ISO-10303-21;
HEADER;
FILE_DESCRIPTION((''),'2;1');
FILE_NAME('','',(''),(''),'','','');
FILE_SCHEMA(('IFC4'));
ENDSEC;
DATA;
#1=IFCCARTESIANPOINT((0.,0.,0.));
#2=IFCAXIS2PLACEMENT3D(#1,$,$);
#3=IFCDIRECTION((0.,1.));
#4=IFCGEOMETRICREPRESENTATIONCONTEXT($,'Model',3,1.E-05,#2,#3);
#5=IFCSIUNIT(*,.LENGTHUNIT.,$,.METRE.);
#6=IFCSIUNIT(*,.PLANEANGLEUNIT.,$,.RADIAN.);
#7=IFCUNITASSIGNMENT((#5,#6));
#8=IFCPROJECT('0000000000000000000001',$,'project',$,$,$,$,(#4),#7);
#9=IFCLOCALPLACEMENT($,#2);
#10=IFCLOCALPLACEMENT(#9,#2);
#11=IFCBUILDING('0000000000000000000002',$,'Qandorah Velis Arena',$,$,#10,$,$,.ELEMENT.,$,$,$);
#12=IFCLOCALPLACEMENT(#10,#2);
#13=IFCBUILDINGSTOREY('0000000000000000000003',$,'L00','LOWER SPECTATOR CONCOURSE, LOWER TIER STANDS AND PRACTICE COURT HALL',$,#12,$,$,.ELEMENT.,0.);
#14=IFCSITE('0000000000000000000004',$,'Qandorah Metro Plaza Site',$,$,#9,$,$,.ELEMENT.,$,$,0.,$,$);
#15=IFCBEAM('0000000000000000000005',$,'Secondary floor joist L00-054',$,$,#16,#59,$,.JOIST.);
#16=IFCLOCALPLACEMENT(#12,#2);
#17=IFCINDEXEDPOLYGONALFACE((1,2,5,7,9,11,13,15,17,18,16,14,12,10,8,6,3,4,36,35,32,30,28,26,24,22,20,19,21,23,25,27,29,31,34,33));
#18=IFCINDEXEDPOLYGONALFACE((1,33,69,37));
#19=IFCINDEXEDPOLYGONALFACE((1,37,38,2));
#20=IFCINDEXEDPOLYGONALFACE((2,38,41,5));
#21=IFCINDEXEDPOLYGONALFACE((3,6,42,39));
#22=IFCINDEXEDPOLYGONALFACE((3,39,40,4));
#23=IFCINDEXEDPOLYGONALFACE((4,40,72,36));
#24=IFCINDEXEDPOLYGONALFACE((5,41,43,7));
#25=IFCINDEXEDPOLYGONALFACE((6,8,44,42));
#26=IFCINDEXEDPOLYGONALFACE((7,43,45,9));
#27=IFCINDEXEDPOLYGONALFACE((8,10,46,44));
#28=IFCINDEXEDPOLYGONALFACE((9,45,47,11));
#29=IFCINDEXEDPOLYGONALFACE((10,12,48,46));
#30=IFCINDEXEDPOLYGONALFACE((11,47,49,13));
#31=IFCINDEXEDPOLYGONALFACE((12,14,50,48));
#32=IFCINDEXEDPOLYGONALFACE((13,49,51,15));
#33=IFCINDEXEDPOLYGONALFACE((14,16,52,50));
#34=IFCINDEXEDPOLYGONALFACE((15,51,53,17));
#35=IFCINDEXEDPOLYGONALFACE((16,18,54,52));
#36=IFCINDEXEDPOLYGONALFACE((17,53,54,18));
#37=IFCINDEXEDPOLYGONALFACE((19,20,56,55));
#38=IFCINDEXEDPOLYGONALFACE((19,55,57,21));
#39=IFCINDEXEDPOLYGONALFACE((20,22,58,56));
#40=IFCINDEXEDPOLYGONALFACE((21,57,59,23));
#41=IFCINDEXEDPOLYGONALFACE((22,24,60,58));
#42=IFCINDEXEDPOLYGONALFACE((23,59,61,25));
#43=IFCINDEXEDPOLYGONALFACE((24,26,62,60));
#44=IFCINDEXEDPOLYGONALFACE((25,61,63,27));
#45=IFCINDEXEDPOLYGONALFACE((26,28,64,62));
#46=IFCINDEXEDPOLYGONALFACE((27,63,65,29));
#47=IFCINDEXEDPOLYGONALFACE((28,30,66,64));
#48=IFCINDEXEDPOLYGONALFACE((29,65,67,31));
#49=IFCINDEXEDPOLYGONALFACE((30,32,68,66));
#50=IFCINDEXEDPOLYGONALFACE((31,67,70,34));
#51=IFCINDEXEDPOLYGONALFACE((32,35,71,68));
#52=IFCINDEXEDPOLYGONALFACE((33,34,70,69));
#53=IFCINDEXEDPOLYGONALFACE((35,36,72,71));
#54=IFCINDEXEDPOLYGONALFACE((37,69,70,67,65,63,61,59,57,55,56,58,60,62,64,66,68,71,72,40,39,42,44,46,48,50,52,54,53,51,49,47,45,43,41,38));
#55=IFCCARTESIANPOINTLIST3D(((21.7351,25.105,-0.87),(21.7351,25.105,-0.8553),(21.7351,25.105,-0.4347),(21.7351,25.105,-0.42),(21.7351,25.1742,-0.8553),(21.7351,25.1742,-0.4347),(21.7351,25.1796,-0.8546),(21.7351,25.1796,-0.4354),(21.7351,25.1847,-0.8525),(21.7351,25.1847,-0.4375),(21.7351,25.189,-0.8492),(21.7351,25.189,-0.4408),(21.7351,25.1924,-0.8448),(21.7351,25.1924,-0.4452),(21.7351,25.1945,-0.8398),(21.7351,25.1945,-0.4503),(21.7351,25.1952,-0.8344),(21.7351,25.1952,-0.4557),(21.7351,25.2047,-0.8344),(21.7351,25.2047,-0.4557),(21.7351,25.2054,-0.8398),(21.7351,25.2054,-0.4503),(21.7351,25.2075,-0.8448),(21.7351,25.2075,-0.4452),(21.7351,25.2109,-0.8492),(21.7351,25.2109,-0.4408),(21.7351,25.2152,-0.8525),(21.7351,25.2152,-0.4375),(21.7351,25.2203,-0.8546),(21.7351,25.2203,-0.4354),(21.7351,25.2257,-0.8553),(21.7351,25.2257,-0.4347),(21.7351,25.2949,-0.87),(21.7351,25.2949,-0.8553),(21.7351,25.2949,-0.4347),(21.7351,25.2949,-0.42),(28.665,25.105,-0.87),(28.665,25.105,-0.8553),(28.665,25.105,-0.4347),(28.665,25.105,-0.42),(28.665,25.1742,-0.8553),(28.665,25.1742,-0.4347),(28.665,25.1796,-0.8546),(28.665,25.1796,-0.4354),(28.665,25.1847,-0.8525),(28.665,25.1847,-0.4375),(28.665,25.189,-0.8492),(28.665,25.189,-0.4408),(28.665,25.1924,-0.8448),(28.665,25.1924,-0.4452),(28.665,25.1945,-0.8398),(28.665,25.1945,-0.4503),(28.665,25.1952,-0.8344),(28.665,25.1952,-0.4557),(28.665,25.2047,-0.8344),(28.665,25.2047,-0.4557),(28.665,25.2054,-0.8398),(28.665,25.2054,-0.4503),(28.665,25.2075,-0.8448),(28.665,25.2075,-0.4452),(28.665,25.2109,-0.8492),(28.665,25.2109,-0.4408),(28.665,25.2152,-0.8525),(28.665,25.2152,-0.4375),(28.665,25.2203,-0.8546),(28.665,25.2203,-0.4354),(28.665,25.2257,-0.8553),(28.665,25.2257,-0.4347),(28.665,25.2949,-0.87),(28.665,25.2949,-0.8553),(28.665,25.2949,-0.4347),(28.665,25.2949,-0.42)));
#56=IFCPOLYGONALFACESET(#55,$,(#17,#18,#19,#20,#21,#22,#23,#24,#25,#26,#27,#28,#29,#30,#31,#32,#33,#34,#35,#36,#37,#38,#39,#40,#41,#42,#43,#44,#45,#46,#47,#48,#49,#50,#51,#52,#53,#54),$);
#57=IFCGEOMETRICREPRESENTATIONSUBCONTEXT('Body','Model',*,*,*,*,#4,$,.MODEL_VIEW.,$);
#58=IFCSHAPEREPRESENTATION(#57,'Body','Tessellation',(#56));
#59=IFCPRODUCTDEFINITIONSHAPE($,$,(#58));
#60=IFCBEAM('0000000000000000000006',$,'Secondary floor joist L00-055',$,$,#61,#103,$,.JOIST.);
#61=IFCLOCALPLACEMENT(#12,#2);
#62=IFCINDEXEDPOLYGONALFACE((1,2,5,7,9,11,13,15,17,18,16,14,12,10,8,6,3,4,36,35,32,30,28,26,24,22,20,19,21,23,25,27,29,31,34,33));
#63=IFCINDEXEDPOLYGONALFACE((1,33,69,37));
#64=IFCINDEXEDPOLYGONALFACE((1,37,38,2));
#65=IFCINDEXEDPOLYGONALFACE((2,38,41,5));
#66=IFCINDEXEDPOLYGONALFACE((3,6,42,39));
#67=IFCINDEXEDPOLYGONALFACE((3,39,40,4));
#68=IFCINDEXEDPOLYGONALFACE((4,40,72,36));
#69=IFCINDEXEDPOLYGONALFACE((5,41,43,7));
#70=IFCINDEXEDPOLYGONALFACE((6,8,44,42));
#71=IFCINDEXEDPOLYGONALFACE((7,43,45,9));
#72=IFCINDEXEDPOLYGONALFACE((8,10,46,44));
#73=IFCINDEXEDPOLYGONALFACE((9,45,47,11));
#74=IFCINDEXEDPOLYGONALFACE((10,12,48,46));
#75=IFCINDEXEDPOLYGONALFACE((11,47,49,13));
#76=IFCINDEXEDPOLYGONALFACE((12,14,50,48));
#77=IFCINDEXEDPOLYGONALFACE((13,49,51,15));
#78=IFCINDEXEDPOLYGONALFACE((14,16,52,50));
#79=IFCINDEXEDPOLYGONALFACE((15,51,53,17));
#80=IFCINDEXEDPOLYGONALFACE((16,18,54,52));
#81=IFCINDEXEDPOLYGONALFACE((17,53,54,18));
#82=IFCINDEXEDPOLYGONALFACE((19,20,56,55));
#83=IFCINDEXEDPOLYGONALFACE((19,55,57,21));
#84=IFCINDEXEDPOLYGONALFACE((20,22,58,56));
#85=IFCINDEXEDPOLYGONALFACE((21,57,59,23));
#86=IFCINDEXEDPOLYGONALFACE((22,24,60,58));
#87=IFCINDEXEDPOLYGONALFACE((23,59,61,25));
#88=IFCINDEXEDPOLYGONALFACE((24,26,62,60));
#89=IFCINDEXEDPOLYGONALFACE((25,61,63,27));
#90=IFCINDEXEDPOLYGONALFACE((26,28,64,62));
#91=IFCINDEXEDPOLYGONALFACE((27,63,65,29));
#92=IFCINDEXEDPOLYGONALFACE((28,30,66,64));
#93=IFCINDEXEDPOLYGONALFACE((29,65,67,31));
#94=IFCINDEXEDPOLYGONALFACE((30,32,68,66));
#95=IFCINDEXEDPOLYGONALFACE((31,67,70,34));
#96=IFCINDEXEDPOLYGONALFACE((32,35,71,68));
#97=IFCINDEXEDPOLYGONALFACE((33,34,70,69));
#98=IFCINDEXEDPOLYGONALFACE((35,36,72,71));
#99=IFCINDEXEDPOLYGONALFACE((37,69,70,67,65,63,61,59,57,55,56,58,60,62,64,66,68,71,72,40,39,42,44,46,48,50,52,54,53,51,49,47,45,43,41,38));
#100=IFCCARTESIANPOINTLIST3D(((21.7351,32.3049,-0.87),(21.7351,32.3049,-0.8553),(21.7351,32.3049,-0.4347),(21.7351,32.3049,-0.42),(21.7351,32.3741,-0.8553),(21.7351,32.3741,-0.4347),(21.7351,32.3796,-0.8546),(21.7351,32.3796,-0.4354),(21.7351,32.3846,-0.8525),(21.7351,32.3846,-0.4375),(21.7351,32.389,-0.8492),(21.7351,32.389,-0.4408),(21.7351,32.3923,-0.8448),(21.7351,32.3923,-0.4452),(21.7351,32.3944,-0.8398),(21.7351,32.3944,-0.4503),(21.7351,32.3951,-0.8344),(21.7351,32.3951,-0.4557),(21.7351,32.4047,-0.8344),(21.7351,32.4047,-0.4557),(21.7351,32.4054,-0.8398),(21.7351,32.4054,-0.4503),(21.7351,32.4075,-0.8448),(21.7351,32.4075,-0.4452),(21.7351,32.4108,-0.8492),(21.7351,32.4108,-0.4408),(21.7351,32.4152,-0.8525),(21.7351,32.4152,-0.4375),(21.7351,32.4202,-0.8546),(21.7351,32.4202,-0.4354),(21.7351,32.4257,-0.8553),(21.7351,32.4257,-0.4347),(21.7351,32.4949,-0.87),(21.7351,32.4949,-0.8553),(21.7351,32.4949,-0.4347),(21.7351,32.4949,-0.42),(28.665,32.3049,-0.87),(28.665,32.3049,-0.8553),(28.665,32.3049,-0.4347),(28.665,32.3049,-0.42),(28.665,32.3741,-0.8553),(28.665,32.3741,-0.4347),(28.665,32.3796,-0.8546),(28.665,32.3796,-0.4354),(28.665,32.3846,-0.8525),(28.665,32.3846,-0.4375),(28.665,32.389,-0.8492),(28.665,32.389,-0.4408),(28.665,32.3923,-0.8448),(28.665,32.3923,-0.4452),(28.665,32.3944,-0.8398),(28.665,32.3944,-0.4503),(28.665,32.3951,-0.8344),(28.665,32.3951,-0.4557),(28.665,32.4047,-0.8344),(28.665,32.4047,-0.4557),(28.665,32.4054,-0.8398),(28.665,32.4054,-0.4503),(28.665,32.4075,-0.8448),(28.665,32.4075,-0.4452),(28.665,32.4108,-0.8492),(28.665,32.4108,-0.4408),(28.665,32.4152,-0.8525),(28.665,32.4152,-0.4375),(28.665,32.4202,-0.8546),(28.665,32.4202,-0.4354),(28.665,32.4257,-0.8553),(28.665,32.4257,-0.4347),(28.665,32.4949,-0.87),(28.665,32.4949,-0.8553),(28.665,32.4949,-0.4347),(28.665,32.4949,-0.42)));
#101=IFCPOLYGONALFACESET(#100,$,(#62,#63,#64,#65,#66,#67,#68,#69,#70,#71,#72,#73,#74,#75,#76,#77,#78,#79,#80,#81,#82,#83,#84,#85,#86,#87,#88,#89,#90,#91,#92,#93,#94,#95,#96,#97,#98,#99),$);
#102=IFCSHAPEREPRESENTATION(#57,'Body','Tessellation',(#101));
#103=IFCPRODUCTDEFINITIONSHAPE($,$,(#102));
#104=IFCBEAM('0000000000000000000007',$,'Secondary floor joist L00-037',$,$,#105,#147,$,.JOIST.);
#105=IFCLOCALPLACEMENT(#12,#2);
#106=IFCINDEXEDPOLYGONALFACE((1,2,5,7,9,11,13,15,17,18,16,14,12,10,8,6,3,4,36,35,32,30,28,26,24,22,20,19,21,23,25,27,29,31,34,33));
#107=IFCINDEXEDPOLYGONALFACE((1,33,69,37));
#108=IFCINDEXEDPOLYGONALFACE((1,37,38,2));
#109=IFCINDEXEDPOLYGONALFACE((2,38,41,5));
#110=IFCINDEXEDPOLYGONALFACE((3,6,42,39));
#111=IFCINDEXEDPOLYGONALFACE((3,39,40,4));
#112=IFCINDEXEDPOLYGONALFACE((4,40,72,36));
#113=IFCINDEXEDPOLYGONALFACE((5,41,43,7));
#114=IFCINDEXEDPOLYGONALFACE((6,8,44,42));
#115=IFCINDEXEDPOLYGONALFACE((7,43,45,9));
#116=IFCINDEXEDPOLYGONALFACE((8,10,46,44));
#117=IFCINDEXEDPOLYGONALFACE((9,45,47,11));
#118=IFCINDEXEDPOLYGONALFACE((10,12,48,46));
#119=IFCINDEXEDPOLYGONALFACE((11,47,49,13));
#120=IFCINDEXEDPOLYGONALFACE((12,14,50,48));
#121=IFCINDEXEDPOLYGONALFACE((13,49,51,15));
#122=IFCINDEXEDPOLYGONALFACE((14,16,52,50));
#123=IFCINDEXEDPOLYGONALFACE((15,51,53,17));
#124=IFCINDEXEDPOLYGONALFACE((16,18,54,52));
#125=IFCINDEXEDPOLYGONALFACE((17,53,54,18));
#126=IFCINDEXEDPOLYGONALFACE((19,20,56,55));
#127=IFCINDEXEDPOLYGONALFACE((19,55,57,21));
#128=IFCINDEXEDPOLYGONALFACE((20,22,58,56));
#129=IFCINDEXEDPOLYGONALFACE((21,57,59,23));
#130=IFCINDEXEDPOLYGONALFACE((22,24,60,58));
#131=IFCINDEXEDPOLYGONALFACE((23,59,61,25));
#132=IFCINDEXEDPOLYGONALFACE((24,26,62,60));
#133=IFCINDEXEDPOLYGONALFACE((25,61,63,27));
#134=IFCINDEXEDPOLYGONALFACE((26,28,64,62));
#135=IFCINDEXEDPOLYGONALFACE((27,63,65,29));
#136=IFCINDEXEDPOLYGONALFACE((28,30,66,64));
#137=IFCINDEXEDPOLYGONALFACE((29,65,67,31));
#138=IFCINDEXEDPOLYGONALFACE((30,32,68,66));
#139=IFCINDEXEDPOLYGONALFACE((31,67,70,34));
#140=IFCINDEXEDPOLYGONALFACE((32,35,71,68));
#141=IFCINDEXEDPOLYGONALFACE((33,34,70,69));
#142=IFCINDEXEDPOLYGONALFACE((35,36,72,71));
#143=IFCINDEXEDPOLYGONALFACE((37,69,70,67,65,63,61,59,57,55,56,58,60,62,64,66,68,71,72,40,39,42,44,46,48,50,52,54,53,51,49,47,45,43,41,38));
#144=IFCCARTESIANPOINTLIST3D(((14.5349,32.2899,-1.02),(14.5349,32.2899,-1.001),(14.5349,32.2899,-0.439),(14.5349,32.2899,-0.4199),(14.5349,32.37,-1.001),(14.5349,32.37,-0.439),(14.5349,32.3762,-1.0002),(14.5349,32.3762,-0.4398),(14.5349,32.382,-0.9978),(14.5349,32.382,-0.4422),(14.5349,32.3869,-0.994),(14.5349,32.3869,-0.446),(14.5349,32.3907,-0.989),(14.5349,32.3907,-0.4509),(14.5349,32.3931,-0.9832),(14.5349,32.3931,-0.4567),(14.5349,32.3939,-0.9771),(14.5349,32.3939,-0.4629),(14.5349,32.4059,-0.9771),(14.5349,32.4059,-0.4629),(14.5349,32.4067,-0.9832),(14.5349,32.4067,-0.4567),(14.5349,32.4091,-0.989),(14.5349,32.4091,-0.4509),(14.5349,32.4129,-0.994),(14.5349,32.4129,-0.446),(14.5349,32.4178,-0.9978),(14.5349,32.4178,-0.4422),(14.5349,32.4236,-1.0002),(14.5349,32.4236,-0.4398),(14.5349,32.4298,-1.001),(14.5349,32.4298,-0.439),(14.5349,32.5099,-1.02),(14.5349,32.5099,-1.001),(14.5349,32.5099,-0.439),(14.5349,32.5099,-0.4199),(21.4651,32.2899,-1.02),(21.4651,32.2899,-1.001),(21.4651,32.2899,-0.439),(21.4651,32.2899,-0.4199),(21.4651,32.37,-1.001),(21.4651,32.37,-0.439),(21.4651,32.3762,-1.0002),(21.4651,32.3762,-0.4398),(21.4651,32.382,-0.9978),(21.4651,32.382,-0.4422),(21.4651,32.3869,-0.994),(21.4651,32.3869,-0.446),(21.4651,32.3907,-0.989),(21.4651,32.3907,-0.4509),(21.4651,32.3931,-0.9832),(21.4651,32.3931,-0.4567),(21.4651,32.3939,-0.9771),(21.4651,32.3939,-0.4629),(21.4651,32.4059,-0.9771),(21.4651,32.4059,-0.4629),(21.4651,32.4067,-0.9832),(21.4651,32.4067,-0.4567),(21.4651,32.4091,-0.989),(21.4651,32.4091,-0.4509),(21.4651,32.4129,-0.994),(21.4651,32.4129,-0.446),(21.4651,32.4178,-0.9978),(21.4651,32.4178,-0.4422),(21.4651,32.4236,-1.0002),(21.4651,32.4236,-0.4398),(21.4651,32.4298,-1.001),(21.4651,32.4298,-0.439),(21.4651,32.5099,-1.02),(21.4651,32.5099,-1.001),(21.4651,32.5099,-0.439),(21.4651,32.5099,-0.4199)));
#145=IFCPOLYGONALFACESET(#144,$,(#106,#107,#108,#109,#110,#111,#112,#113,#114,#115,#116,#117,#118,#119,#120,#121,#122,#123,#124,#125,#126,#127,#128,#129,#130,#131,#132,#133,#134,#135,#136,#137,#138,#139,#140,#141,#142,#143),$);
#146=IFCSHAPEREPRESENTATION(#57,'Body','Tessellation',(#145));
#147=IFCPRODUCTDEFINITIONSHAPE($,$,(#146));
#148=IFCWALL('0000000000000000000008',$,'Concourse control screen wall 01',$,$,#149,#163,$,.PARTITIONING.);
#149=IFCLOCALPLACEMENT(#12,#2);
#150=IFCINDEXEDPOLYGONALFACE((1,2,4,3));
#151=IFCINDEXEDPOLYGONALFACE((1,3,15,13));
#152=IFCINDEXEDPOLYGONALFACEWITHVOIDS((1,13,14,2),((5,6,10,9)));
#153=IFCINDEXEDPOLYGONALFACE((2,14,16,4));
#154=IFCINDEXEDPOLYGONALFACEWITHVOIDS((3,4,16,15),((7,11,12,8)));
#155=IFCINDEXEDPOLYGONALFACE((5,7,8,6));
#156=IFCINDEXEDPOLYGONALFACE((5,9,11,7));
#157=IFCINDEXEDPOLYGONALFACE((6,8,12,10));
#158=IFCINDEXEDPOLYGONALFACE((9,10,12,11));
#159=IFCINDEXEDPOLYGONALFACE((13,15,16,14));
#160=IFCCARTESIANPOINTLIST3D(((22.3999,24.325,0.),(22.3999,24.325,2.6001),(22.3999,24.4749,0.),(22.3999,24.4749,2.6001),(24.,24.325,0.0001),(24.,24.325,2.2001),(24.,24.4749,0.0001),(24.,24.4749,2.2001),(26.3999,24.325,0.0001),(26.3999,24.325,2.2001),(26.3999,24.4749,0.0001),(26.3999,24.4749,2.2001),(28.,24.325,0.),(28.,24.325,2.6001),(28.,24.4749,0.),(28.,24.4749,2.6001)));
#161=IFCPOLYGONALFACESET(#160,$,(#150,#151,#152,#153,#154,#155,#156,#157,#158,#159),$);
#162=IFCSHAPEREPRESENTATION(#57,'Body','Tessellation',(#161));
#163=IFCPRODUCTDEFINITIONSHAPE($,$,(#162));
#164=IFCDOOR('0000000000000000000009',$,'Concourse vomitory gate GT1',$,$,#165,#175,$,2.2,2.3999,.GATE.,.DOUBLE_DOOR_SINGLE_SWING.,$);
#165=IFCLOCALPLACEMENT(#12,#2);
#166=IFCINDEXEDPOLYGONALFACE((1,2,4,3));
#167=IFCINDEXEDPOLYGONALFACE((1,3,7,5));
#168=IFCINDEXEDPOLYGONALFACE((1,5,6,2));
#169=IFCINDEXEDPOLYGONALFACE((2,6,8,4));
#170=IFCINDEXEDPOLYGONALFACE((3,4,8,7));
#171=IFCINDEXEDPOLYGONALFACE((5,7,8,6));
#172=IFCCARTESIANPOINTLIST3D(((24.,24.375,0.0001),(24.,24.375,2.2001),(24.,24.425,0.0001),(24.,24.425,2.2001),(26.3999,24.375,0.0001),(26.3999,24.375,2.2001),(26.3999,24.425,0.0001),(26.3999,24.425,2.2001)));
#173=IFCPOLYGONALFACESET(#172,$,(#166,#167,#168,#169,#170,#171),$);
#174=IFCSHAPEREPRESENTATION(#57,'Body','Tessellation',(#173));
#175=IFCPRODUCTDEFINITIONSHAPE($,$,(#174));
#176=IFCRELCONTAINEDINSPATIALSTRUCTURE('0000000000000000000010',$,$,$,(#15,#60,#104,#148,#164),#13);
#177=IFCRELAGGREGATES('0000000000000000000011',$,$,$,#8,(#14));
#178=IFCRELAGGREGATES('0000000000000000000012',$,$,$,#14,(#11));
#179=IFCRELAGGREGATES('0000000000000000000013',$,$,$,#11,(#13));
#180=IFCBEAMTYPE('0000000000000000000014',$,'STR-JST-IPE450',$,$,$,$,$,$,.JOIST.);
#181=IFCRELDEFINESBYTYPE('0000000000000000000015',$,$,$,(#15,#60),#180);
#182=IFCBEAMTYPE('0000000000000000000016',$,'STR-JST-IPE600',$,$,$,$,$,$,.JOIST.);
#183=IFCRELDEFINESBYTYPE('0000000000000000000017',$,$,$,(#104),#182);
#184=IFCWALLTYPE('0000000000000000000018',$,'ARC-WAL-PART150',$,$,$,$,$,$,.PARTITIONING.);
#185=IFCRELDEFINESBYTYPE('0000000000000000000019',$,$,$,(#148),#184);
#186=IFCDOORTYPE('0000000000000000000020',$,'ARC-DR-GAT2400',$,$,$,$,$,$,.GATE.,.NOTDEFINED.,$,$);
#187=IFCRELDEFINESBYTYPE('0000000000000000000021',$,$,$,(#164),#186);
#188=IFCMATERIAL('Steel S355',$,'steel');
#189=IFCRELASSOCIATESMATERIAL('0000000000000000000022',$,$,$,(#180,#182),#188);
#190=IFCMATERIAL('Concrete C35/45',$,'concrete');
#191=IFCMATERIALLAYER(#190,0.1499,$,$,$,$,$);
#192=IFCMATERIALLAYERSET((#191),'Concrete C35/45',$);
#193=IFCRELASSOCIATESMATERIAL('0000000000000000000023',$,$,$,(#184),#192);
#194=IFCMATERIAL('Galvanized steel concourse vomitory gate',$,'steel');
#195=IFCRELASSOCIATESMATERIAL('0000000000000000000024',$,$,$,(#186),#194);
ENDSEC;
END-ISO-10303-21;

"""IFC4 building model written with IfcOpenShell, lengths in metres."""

from ifc_helpers import new_model, si_unit, direction, frame, frame_2d, origin, origin_2d, place, context, subcontext, project, spatial, rectangle, i_section, extrude, material, layer, layer_set, material_profile, profile_set, type_object, element, fill, save


model = new_model("IFC4")

# Units and contexts
model_context = context("Model", 3, precision=1e-05, world=origin(), true_north=direction((0.0, 1.0)))
body_context = subcontext(model_context, "Body", "Model", "MODEL_VIEW")
ifc_project = project(units=[si_unit("LENGTHUNIT", "METRE"), si_unit("PLANEANGLEUNIT", "RADIAN")], contexts=[model_context])

# Site, building, storey
site_placement = place(None, origin())
site = spatial("IfcSite", under=ifc_project, at=site_placement, Name="Qandorah Metro Plaza Site", CompositionType="ELEMENT", RefElevation=0.0)
building_placement = place(site_placement, origin())
building = spatial("IfcBuilding", under=site, at=building_placement, Name="Qandorah Velis Arena", CompositionType="ELEMENT")
storey_placement = place(building_placement, origin())
storey = spatial("IfcBuildingStorey", under=building, at=storey_placement, Name="L00", Description="LOWER SPECTATOR CONCOURSE, LOWER TIER STANDS AND PRACTICE COURT HALL", CompositionType="ELEMENT", Elevation=0.0)

# Beams
ifc_material_1 = material(Name="Steel S355", Category="steel")
ifc_material_profile_1 = material_profile(ifc_material_1, i_section(OverallWidth=0.1899, OverallDepth=0.45, WebThickness=0.0095, FlangeThickness=0.0146, FilletRadius=0.021, at=origin_2d()), Name="IPE 450")
ifc_profile_set_1 = profile_set([ifc_material_profile_1], Name="Steel S355")
beam_type_1 = type_object("IfcBeamType", Name="STR-JST-IPE450", PredefinedType="JOIST", material=ifc_profile_set_1)
for number, where, z_axis, x_axis, name in (
    (1, (21.7351, 25.2, -0.645), (1.0, 0.0, 0.0), (0.0, 1.0, 0.0), "Secondary floor joist L00-054"),
    (2, (21.7351, 32.3999, -0.645), (1.0, 0.0, 0.0), (0.0, 1.0, 0.0), "Secondary floor joist L00-055"),
):
    element("IfcBeam", number, at=place(storey_placement, frame(where, z_axis=z_axis, x_axis=x_axis)), inside=storey, type_object=beam_type_1, Name=name, PredefinedType="JOIST", context=body_context, shape_type="SweptSolid", body=[
        extrude(i_section(OverallWidth=0.1899, OverallDepth=0.45, WebThickness=0.0095, FlangeThickness=0.0146, FilletRadius=0.021, at=origin_2d()), origin(), (0.0, 0.0, 1.0), 6.9299),
    ])
ifc_material_profile_2 = material_profile(ifc_material_1, i_section(OverallWidth=0.22, OverallDepth=0.6001, WebThickness=0.012, FlangeThickness=0.019, FilletRadius=0.0239, at=origin_2d()), Name="IPE 600")
ifc_profile_set_2 = profile_set([ifc_material_profile_2], Name="Steel S355")
beam_type_2 = type_object("IfcBeamType", Name="STR-JST-IPE600", PredefinedType="JOIST", material=ifc_profile_set_2)
beam_1_placement = place(storey_placement, frame((14.5349, 32.3999, -0.72), z_axis=(1.0, 0.0, 0.0), x_axis=(0.0, 1.0, 0.0)))
element("IfcBeam", 3, at=beam_1_placement, inside=storey, type_object=beam_type_2, Name="Secondary floor joist L00-037", PredefinedType="JOIST", context=body_context, shape_type="SweptSolid", body=[
    extrude(i_section(OverallWidth=0.22, OverallDepth=0.6001, WebThickness=0.012, FlangeThickness=0.019, FilletRadius=0.0239, at=origin_2d()), origin(), (0.0, 0.0, 1.0), 6.9302),
])

# Wall, opening, door
ifc_material_2 = material(Name="Concrete C35/45", Category="concrete")
ifc_layer = layer(ifc_material_2, 0.1499)
ifc_layer_set = layer_set([ifc_layer], Name="Concrete C35/45")
wall_type = type_object("IfcWallType", Name="ARC-WAL-PART150", PredefinedType="PARTITIONING", material=ifc_layer_set)
wall_placement = place(storey_placement, frame((22.3999, 24.3999, 0.0), z_axis=(0.0, 0.0, 1.0), x_axis=(1.0, 0.0, 0.0)))
wall = element("IfcWall", 4, at=wall_placement, inside=storey, type_object=wall_type, Name="Concourse control screen wall 01", PredefinedType="PARTITIONING", context=body_context, shape_type="SweptSolid", body=[
    extrude(rectangle(XDim=5.6001, YDim=0.1499, at=frame_2d((2.8, 0.0))), origin(), (0.0, 0.0, 1.0), 2.6001),
])
opening_placement = place(wall_placement, frame((1.6001, 0.0, 0.0)))
opening = element("IfcOpeningElement", 5, at=opening_placement, cuts=wall, PredefinedType="OPENING", context=body_context, shape_type="SweptSolid", body=[
    extrude(rectangle(XDim=2.3999, YDim=2.2, at=frame_2d((1.2, 1.1001))), frame((0.0, 0.085, 0.0), z_axis=(0.0, -1.0, 0.0), x_axis=(1.0, 0.0, 0.0)), (0.0, 0.0, 1.0), 0.1699),
])
ifc_material_3 = material(Name="Galvanized steel concourse vomitory gate", Category="steel")
door_type = type_object("IfcDoorType", Name="ARC-DR-GAT2400", OperationType="NOTDEFINED", PredefinedType="GATE", material=ifc_material_3)
door_placement = place(opening_placement, frame((2.3999, 0.0, 0.0), z_axis=(0.0, 0.0, 1.0), x_axis=(-1.0, 0.0, 0.0)))
door = element("IfcDoor", 6, at=door_placement, inside=storey, type_object=door_type, Name="Concourse vomitory gate GT1", OperationType="DOUBLE_DOOR_SINGLE_SWING", OverallHeight=2.2, OverallWidth=2.3999, PredefinedType="GATE", context=body_context, shape_type="SweptSolid", body=[
    extrude(rectangle(XDim=2.3999, YDim=2.2, at=frame_2d((1.2, 1.1001))), frame((0.0, 0.0249, 0.0), z_axis=(0.0, -1.0, 0.0), x_axis=(1.0, 0.0, 0.0)), (0.0, 0.0, 1.0), 0.05),
])
fill(opening, door)

save(model, "model.ifc")
